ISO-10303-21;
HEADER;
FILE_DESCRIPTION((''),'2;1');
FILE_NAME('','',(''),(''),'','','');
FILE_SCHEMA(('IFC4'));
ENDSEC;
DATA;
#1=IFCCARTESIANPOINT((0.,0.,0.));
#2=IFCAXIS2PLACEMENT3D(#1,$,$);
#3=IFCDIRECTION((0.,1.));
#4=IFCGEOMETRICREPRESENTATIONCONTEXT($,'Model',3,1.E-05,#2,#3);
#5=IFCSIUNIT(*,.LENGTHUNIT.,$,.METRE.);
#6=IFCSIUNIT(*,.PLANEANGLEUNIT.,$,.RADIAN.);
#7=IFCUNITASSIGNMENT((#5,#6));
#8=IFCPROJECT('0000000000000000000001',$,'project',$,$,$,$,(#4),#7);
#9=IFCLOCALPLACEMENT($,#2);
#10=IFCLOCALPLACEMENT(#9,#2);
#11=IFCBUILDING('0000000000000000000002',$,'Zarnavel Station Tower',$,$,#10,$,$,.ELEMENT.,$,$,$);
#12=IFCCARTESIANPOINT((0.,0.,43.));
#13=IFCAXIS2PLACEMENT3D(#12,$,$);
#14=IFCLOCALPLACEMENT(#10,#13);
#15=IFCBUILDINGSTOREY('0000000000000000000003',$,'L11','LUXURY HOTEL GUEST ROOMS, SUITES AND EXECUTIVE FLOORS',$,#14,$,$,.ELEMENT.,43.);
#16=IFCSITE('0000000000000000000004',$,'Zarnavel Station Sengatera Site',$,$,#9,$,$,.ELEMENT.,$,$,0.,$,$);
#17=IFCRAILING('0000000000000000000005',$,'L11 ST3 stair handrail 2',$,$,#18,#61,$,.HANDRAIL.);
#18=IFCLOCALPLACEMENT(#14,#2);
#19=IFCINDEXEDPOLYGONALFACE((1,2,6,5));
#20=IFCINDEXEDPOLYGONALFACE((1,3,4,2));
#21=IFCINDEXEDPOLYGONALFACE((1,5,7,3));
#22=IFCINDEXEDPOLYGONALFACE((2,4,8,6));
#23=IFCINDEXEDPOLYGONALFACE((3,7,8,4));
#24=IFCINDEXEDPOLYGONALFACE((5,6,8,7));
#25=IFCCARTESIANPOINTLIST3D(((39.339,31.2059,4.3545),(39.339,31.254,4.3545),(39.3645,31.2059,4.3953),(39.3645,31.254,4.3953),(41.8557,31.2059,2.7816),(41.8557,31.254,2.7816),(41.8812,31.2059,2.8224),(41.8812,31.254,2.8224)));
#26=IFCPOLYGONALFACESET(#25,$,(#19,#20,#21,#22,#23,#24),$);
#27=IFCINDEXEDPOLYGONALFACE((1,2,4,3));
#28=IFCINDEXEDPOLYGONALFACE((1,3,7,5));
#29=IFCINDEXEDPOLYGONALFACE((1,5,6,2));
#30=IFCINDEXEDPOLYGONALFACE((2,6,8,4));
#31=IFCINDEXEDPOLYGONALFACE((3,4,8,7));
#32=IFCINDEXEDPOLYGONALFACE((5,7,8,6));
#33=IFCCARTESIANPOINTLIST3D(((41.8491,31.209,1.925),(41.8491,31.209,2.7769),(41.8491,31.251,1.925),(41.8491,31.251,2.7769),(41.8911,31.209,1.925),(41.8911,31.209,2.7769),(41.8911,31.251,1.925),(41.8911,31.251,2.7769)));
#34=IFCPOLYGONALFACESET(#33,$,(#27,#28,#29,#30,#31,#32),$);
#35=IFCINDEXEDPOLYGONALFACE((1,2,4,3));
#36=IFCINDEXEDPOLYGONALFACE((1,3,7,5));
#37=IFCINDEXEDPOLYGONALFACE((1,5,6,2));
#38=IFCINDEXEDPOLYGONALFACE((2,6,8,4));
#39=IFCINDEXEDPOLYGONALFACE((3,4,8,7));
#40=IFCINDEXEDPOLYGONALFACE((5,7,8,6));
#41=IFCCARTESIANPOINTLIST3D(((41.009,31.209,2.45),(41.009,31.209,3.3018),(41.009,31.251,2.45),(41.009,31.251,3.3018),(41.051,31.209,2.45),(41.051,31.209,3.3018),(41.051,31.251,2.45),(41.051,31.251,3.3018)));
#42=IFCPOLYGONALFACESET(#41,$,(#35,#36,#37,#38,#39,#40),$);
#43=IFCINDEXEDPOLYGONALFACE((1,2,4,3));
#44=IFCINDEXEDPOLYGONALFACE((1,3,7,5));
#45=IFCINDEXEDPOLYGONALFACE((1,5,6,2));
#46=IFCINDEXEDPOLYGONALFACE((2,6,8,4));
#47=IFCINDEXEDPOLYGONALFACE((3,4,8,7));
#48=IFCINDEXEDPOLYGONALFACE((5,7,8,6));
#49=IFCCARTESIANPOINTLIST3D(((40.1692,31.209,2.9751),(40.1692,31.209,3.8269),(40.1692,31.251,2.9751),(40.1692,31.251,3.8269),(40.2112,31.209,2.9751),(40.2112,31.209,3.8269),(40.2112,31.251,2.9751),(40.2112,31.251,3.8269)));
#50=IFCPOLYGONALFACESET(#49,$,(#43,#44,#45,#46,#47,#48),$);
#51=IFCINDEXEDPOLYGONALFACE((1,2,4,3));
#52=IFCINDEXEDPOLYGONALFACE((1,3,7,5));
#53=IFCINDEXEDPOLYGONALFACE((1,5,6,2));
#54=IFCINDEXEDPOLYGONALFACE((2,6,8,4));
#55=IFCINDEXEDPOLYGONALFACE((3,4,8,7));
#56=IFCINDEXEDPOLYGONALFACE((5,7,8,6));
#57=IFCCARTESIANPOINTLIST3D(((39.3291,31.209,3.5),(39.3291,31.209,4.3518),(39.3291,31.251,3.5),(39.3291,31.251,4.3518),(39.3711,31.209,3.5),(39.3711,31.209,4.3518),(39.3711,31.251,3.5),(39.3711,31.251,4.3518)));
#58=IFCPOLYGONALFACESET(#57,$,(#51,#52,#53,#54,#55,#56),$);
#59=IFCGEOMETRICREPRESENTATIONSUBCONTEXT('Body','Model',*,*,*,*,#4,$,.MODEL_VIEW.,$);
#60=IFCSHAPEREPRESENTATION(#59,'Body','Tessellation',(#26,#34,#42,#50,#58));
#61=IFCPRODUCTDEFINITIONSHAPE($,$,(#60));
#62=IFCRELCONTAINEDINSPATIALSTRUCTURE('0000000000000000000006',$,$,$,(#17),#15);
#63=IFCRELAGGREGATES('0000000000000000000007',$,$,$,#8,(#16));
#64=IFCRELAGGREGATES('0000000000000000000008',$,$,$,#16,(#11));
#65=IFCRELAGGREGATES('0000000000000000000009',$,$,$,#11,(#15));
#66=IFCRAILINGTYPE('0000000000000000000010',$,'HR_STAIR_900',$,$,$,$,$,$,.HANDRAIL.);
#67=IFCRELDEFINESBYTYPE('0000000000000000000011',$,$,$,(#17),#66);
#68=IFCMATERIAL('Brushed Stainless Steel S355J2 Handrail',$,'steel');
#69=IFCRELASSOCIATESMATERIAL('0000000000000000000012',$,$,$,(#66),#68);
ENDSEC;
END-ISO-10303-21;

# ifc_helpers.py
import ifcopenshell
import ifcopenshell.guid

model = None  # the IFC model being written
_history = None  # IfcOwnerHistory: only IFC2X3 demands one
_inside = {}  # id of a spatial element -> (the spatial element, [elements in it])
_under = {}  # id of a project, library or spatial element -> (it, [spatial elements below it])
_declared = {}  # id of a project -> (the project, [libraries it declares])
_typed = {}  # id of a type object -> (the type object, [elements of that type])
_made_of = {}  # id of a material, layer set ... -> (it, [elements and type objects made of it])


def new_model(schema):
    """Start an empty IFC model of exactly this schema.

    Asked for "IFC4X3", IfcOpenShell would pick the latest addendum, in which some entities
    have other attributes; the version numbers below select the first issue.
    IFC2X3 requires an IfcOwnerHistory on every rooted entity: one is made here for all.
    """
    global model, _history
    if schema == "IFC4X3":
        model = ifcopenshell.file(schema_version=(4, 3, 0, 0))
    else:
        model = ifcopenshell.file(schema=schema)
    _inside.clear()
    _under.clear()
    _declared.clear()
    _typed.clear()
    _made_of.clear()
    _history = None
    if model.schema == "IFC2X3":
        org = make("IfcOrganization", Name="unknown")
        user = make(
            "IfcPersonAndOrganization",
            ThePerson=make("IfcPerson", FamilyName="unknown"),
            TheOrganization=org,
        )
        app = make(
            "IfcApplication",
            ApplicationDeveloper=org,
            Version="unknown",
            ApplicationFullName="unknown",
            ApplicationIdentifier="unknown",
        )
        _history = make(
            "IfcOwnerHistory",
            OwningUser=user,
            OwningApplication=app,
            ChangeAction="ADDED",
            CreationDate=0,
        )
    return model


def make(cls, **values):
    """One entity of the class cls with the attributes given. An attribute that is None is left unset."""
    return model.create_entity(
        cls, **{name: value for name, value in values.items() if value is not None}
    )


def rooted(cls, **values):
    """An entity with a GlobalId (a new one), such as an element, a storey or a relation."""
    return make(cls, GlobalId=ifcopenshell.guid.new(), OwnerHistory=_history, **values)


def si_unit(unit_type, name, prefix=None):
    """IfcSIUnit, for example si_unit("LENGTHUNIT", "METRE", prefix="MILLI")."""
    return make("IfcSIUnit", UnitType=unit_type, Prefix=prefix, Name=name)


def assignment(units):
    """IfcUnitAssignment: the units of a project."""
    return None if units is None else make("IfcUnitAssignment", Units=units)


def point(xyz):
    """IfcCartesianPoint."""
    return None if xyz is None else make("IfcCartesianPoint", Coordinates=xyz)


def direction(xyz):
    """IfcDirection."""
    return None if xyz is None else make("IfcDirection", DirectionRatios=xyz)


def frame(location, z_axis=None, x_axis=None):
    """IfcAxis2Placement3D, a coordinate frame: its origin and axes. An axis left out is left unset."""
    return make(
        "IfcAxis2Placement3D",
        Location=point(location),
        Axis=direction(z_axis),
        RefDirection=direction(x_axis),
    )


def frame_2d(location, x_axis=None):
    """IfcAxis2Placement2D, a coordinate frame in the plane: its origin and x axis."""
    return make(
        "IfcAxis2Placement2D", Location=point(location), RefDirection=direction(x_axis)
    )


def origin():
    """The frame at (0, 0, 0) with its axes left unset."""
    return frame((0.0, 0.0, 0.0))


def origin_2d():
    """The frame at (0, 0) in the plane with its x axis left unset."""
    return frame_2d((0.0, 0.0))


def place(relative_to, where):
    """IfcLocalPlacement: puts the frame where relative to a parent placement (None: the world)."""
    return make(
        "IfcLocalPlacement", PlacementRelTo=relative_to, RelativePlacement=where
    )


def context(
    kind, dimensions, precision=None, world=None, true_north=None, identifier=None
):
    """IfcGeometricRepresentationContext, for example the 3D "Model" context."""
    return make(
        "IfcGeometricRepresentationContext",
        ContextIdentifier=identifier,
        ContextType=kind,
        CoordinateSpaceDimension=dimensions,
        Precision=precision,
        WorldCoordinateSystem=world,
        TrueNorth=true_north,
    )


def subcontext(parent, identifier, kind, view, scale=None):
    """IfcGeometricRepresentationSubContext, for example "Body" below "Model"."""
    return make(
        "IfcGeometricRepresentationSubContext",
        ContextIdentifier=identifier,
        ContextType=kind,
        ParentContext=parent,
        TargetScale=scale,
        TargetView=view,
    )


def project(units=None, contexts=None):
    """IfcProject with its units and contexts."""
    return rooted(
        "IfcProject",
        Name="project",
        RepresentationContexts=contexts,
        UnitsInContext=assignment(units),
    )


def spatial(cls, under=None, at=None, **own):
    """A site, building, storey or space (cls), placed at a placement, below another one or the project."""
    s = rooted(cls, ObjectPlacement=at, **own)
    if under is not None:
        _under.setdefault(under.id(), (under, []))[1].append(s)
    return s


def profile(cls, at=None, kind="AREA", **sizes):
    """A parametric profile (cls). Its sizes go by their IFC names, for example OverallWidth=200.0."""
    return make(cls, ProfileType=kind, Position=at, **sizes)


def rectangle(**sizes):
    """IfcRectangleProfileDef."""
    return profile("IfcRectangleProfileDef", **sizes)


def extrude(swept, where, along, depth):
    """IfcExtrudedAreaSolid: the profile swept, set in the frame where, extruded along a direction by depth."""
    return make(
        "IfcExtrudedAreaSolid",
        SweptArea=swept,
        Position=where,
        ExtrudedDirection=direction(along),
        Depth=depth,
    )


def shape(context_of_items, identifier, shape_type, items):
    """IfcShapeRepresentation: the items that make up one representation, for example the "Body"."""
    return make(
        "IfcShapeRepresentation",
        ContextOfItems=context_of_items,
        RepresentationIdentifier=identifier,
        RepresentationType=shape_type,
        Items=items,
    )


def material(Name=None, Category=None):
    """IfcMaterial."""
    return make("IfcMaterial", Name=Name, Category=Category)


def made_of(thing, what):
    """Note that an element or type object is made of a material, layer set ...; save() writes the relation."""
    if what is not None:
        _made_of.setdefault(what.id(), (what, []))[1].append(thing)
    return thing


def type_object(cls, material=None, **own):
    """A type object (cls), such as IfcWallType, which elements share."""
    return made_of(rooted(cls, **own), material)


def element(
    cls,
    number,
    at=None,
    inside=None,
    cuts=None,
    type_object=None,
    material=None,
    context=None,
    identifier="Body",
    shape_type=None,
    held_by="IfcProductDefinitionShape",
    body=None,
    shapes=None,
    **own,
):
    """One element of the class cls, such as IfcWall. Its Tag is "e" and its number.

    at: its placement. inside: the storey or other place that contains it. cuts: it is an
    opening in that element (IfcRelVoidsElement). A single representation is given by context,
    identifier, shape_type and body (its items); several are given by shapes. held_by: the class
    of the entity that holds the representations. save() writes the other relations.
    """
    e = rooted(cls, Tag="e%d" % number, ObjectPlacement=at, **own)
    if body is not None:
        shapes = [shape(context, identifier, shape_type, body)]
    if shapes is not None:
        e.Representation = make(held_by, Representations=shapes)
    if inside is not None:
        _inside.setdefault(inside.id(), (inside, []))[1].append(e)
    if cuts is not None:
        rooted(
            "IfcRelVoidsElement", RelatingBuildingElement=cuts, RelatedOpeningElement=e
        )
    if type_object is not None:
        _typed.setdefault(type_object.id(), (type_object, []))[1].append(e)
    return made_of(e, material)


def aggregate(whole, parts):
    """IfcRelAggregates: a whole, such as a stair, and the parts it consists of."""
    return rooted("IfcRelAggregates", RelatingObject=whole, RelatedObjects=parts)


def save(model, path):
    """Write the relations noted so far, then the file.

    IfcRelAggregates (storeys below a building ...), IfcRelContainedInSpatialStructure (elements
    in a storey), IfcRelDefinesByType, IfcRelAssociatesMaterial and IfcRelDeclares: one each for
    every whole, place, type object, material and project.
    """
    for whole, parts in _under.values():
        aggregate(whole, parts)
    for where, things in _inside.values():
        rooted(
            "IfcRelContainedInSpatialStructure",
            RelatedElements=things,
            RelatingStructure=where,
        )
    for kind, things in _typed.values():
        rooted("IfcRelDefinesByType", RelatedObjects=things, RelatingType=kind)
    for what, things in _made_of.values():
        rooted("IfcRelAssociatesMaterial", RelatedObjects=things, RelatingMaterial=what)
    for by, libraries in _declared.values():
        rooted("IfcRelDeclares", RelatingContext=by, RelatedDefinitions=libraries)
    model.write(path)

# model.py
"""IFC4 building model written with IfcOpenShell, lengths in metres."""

from ifc_helpers import new_model, si_unit, direction, frame, origin, origin_2d, place, context, subcontext, project, spatial, rectangle, extrude, material, type_object, element, save


model = new_model("IFC4")

# Units and contexts
model_context = context("Model", 3, precision=1e-05, world=origin(), true_north=direction((0.0, 1.0)))
body_context = subcontext(model_context, "Body", "Model", "MODEL_VIEW")
ifc_project = project(units=[si_unit("LENGTHUNIT", "METRE"), si_unit("PLANEANGLEUNIT", "RADIAN")], contexts=[model_context])

# Site, building, storey
site_placement = place(None, origin())
site = spatial("IfcSite", under=ifc_project, at=site_placement, Name="Zarnavel Station Sengatera Site", CompositionType="ELEMENT", RefElevation=0.0)
building_placement = place(site_placement, origin())
building = spatial("IfcBuilding", under=site, at=building_placement, Name="Zarnavel Station Tower", CompositionType="ELEMENT")
storey_placement = place(building_placement, frame((0.0, 0.0, 43.0)))
storey = spatial("IfcBuildingStorey", under=building, at=storey_placement, Name="L11", Description="LUXURY HOTEL GUEST ROOMS, SUITES AND EXECUTIVE FLOORS", CompositionType="ELEMENT", Elevation=43.0)

# Railing
ifc_material_1 = material(Name="Brushed Stainless Steel S355J2 Handrail", Category="steel")
railing_type_1 = type_object("IfcRailingType", Name="HR_STAIR_900", PredefinedType="HANDRAIL", material=ifc_material_1)
railing_1_placement = place(storey_placement, frame((41.8701, 31.23, 1.925)))
element("IfcRailing", 1, at=railing_1_placement, inside=storey, type_object=railing_type_1, Name="L11 ST3 stair handrail 2", PredefinedType="HANDRAIL", context=body_context, shape_type="SweptSolid", body=[
    extrude(rectangle(XDim=0.0481, YDim=0.0481, at=origin_2d()), frame((-0.0017, 0.0, 0.877), z_axis=(-0.848008, 0.0, 0.529984), x_axis=(0.0, -1.0, 0.0)), (0.0, 0.0, 1.0), 2.9678),
    extrude(rectangle(XDim=0.042, YDim=0.042, at=origin_2d()), origin(), (0.0, 0.0, 1.0), 0.8518),
    extrude(rectangle(XDim=0.042, YDim=0.042, at=origin_2d()), frame((-0.8401, 0.0, 0.5249)), (0.0, 0.0, 1.0), 0.8518),
    extrude(rectangle(XDim=0.042, YDim=0.042, at=origin_2d()), frame((-1.6799, 0.0, 1.05)), (0.0, 0.0, 1.0), 0.8518),
    extrude(rectangle(XDim=0.042, YDim=0.042, at=origin_2d()), frame((-2.52, 0.0, 1.575)), (0.0, 0.0, 1.0), 0.8518),
])

save(model, "model.ifc")
